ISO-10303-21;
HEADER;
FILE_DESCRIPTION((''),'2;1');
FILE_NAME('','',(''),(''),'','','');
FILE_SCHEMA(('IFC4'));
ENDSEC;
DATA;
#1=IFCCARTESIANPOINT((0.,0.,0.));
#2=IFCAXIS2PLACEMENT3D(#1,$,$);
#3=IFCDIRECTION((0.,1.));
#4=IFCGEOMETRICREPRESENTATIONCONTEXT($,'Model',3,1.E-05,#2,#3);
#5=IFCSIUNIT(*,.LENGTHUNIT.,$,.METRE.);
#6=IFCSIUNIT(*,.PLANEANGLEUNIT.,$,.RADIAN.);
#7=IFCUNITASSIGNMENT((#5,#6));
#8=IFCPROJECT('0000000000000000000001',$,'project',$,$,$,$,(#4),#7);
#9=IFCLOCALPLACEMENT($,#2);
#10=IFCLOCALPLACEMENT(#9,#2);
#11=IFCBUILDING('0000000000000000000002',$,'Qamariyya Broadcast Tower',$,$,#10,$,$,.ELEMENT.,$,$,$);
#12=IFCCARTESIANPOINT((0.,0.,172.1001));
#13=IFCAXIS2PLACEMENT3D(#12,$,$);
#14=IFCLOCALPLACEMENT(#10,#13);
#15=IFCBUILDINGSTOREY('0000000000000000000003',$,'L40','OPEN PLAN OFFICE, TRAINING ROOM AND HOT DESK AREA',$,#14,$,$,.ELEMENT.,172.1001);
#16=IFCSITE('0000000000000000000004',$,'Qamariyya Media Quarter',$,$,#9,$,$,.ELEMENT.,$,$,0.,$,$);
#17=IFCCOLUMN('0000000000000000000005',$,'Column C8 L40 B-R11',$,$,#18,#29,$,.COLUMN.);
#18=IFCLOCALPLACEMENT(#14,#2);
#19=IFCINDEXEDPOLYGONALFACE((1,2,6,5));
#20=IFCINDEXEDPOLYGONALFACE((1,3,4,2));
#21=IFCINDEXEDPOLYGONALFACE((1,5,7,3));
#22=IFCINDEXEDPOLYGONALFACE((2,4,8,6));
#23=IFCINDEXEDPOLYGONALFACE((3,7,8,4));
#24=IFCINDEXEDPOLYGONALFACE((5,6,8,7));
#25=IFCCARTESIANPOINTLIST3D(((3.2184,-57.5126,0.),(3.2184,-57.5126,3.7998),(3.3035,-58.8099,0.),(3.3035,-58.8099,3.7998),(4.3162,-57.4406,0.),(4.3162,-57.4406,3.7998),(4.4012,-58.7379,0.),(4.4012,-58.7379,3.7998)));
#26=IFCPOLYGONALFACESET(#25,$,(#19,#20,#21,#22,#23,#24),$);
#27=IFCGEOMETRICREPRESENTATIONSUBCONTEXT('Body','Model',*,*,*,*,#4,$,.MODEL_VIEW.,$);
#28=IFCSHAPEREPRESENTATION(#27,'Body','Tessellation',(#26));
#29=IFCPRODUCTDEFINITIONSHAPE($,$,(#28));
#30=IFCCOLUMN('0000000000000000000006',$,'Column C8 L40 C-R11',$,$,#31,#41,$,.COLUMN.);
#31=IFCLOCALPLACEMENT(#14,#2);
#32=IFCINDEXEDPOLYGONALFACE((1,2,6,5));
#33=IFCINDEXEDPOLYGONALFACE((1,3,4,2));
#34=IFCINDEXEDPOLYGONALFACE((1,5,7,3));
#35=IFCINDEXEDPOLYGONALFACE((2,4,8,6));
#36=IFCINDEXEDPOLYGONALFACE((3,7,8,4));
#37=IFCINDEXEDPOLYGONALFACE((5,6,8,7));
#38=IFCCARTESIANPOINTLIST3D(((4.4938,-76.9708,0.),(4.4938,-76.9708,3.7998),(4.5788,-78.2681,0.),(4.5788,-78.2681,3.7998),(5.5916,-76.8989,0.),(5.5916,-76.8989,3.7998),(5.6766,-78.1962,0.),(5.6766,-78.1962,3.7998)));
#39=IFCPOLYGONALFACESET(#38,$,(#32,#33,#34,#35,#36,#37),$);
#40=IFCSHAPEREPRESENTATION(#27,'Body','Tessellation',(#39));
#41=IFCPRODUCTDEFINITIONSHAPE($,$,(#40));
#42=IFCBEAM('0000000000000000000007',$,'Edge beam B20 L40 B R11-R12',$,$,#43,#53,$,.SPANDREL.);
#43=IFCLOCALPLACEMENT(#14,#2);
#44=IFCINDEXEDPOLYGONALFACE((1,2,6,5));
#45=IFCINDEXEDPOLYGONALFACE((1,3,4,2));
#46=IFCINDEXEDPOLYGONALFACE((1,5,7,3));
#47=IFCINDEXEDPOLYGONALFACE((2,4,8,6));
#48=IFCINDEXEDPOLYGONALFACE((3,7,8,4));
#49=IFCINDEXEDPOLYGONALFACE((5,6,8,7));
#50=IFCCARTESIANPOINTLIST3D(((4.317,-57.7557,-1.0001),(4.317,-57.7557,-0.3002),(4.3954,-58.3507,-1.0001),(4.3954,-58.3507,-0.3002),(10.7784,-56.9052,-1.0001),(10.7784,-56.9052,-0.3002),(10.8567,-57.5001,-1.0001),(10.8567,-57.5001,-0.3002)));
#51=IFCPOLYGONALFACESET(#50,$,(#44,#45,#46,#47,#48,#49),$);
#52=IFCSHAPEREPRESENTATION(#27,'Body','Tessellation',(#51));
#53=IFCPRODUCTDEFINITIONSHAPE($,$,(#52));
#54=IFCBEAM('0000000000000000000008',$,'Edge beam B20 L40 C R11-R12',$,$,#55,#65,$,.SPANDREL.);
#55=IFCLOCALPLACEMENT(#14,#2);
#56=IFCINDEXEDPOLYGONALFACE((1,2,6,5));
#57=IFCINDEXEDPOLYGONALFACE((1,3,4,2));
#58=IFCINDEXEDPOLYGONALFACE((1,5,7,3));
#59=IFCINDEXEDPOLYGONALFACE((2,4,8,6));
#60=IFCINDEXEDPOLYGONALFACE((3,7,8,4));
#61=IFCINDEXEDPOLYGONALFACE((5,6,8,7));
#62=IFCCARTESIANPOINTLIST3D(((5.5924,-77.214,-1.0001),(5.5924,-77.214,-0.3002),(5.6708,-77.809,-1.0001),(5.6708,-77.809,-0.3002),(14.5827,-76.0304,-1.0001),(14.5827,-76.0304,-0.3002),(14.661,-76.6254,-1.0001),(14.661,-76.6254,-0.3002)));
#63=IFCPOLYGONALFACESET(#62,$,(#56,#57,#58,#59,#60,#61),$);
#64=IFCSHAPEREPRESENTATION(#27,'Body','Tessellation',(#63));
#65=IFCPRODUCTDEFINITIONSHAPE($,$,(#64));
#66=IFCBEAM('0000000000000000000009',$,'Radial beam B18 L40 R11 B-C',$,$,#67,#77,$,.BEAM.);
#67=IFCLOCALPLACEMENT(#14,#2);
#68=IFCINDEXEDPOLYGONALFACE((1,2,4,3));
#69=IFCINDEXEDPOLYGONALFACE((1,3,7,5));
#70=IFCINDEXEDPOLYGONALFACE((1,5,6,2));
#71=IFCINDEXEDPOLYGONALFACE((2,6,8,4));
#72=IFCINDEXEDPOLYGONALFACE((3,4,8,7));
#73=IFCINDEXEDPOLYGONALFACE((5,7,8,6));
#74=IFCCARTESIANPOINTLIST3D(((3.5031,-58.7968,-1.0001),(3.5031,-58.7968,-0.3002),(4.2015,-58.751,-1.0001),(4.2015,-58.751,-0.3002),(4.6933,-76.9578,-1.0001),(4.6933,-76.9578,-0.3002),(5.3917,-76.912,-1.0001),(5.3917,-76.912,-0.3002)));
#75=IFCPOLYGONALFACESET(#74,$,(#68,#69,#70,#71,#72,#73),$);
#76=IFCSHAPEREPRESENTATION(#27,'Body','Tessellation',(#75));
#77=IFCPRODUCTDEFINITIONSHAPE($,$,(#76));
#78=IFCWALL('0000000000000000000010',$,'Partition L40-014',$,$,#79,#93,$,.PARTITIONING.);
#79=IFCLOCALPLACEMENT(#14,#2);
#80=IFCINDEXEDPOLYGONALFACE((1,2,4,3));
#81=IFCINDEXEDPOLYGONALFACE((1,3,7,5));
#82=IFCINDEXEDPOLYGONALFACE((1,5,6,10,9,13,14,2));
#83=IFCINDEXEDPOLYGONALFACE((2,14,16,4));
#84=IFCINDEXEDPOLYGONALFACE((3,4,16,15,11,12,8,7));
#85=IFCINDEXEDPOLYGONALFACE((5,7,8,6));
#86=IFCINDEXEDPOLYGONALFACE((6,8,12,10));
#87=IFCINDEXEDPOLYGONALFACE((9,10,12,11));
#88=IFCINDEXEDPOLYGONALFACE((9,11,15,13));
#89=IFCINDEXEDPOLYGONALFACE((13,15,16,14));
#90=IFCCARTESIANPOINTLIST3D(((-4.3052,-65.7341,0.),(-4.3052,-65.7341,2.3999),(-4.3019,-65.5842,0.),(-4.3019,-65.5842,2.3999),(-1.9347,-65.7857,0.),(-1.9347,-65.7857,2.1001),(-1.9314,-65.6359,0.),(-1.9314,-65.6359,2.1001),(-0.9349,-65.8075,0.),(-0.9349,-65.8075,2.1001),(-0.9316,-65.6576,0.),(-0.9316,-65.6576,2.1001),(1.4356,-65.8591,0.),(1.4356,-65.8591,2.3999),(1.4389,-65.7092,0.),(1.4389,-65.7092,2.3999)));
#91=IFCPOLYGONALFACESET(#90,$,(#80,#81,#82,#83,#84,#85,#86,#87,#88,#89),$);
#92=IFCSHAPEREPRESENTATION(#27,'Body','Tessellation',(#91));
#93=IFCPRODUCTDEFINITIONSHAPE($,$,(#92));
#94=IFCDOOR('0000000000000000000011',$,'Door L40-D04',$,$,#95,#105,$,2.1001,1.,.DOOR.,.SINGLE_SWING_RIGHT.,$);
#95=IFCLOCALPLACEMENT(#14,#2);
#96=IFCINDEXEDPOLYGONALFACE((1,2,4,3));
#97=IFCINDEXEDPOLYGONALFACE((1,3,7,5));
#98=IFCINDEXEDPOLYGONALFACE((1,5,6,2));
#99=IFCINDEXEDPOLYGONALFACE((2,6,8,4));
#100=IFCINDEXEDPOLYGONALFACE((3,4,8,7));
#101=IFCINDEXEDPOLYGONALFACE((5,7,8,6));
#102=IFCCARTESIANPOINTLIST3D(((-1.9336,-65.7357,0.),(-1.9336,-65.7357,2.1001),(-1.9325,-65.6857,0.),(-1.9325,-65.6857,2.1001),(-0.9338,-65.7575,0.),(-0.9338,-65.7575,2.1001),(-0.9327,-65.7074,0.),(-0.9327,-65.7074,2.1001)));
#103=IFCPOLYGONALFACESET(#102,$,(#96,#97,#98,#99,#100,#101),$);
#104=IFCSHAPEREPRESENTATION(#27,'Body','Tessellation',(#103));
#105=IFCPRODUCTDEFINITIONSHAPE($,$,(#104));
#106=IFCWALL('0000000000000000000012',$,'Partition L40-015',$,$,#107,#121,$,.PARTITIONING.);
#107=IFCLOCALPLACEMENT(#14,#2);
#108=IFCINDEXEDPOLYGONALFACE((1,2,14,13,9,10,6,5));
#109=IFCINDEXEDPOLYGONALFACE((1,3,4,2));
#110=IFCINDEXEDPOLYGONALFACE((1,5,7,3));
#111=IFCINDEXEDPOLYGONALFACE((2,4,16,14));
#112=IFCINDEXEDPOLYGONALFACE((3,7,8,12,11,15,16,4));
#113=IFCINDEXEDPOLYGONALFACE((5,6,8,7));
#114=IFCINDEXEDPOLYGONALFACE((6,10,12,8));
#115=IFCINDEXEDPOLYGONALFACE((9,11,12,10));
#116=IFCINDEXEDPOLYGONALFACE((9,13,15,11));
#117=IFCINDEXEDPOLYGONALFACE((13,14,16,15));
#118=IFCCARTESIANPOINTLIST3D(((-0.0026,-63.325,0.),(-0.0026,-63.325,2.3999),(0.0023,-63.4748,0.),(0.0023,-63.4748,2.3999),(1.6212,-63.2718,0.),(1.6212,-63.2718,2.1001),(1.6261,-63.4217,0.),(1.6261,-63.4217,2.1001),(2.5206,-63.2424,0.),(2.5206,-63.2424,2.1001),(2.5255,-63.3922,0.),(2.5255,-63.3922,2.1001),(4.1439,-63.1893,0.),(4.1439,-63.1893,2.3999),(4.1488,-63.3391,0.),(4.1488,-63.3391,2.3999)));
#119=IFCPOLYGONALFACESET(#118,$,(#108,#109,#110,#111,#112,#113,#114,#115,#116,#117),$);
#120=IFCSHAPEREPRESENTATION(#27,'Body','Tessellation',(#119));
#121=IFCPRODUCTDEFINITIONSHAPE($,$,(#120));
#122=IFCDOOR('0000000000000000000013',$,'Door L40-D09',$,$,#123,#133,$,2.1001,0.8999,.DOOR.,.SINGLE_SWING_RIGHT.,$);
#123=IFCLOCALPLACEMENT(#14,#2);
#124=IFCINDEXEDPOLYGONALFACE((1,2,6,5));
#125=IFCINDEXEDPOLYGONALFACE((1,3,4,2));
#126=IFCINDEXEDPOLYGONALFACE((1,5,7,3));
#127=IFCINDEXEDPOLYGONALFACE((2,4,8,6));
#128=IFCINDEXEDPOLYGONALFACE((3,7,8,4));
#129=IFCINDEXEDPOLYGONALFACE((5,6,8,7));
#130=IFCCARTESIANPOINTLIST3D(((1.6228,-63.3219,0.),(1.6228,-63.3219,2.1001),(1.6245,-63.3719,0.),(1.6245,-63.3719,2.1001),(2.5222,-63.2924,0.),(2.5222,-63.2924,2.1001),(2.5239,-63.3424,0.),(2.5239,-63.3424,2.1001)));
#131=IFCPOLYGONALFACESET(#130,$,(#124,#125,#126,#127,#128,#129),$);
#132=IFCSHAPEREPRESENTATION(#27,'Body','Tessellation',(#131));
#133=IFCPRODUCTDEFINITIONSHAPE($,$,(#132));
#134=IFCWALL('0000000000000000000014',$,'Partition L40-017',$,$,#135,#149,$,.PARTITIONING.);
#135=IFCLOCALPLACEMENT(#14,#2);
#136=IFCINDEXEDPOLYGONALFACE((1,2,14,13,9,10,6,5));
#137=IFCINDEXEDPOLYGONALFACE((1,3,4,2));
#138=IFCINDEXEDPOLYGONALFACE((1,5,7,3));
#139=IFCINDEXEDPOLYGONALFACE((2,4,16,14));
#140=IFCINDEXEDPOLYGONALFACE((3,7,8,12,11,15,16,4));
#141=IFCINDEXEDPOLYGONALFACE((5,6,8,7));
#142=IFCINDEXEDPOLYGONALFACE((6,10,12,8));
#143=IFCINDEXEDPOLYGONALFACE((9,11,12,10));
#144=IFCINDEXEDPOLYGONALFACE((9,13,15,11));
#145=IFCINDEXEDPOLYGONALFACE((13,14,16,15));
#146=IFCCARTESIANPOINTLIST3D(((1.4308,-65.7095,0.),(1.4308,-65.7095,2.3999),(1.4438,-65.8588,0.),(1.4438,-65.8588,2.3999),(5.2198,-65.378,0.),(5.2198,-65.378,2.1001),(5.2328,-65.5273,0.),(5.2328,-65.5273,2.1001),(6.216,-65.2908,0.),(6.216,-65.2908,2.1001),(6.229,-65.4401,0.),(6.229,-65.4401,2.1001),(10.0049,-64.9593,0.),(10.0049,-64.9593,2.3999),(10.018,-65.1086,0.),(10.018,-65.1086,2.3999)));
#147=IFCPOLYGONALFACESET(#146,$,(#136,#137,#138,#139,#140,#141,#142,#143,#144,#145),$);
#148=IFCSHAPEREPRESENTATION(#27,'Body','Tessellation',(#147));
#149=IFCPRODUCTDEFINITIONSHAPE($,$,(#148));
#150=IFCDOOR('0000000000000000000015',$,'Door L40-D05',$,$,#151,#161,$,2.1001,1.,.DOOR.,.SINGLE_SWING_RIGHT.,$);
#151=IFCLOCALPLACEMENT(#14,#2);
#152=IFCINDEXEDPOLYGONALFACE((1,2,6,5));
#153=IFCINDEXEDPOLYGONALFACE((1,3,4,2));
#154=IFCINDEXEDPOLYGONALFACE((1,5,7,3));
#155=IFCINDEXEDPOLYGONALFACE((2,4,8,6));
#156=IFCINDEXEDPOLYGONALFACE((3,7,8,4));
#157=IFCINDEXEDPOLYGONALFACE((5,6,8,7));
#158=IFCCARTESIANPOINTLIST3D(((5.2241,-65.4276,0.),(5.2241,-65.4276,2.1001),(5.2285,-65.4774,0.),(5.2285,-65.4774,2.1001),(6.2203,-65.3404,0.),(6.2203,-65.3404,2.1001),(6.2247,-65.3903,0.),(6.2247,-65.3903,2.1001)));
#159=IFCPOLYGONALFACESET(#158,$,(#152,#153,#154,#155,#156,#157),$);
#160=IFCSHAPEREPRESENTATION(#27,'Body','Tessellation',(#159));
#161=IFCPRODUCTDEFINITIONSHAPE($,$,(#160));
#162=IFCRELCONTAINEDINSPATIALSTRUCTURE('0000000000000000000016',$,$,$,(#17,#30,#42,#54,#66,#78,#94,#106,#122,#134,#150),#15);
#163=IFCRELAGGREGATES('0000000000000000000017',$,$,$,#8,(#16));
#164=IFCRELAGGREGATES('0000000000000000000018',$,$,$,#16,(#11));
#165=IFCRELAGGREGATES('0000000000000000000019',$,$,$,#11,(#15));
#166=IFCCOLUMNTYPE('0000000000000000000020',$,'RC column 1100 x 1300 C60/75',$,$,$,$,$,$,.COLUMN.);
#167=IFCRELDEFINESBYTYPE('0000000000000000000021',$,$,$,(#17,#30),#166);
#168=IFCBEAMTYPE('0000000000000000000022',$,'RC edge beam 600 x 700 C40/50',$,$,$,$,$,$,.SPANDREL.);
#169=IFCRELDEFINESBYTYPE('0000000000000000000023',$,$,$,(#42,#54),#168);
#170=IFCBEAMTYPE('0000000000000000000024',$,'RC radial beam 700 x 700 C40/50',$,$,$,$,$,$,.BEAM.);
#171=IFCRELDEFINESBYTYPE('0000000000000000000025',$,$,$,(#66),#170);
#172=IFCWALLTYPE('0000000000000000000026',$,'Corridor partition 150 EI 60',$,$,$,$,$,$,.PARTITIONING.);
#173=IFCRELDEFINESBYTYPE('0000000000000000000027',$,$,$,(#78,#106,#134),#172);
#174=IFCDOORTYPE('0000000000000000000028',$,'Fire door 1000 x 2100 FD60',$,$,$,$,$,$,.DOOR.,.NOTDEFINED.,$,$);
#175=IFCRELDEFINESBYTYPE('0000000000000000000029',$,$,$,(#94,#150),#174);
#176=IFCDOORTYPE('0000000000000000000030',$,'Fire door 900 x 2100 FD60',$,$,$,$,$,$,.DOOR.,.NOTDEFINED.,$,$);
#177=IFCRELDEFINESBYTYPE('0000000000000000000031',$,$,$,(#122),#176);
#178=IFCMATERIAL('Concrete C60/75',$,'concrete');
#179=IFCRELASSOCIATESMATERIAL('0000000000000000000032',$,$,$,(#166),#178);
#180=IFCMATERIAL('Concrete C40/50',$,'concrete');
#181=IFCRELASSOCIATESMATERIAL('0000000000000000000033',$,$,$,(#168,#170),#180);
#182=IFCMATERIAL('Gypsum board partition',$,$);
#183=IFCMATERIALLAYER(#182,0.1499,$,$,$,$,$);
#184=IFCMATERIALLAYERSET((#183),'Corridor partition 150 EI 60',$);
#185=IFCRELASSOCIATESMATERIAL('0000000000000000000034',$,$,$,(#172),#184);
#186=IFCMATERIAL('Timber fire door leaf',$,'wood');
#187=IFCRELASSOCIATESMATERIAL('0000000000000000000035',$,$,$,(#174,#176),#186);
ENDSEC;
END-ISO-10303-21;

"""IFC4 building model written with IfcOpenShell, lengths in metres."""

from ifc_helpers import new_model, si_unit, direction, frame, frame_2d, origin, origin_2d, place, context, subcontext, project, spatial, rectangle, extrude, material, layer, layer_set, material_profile, profile_set, type_object, element, fill, save


model = new_model("IFC4")

# Units and contexts
model_context = context("Model", 3, precision=1e-05, world=origin(), true_north=direction((0.0, 1.0)))
body_context = subcontext(model_context, "Body", "Model", "MODEL_VIEW")
ifc_project = project(units=[si_unit("LENGTHUNIT", "METRE"), si_unit("PLANEANGLEUNIT", "RADIAN")], contexts=[model_context])

# Site, building, storey
site_placement = place(None, origin())
site = spatial("IfcSite", under=ifc_project, at=site_placement, Name="Qamariyya Media Quarter", CompositionType="ELEMENT", RefElevation=0.0)
building_placement = place(site_placement, origin())
building = spatial("IfcBuilding", under=site, at=building_placement, Name="Qamariyya Broadcast Tower", CompositionType="ELEMENT")
storey_placement = place(building_placement, frame((0.0, 0.0, 172.1001)))
storey = spatial("IfcBuildingStorey", under=building, at=storey_placement, Name="L40", Description="OPEN PLAN OFFICE, TRAINING ROOM AND HOT DESK AREA", CompositionType="ELEMENT", Elevation=172.1001)

# Columns
ifc_material_1 = material(Name="Concrete C60/75", Category="concrete")
ifc_material_profile_1 = material_profile(ifc_material_1, rectangle(XDim=1.1001, YDim=1.3, at=origin_2d()))
ifc_profile_set_1 = profile_set([ifc_material_profile_1], Name="Concrete C60/75")
column_type = type_object("IfcColumnType", Name="RC column 1100 x 1300 C60/75", PredefinedType="COLUMN", material=ifc_profile_set_1)
for number, where, z_axis, x_axis, name in (
    (1, (3.8098, -58.1252, 0.0), (0.0, 0.0, 1.0), (0.997859, 0.065403, 0.0), "Column C8 L40 B-R11"),
    (2, (5.0852, -77.5835, 0.0), (0.0, 0.0, 1.0), (0.997859, 0.065403, 0.0), "Column C8 L40 C-R11"),
):
    element("IfcColumn", number, at=place(storey_placement, frame(where, z_axis=z_axis, x_axis=x_axis)), inside=storey, type_object=column_type, Name=name, PredefinedType="COLUMN", context=body_context, shape_type="SweptSolid", body=[
        extrude(rectangle(XDim=1.1001, YDim=1.3, at=origin_2d()), origin(), (0.0, 0.0, 1.0), 3.7998),
    ])

# Beams
ifc_material_2 = material(Name="Concrete C40/50", Category="concrete")
ifc_material_profile_2 = material_profile(ifc_material_2, rectangle(XDim=0.6001, YDim=0.7, at=origin_2d()))
ifc_profile_set_2 = profile_set([ifc_material_profile_2], Name="Concrete C40/50")
beam_type_1 = type_object("IfcBeamType", Name="RC edge beam 600 x 700 C40/50", PredefinedType="SPANDREL", material=ifc_profile_set_2)
beam_1_placement = place(storey_placement, frame((4.3562, -58.0532, -0.6501), z_axis=(0.991446, 0.130515, 0.0), x_axis=(-0.130515, 0.991446, 0.0)))
element("IfcBeam", 3, at=beam_1_placement, inside=storey, type_object=beam_type_1, Name="Edge beam B20 L40 B R11-R12", PredefinedType="SPANDREL", context=body_context, shape_type="SweptSolid", body=[
    extrude(rectangle(XDim=0.6001, YDim=0.7, at=origin_2d()), origin(), (0.0, 0.0, 1.0), 6.5171),
])
beam_2_placement = place(storey_placement, frame((5.6316, -77.5115, -0.6501), z_axis=(0.991445, 0.130527, 0.0), x_axis=(-0.130527, 0.991445, 0.0)))
element("IfcBeam", 4, at=beam_2_placement, inside=storey, type_object=beam_type_1, Name="Edge beam B20 L40 C R11-R12", PredefinedType="SPANDREL", context=body_context, shape_type="SweptSolid", body=[
    extrude(rectangle(XDim=0.6001, YDim=0.7, at=origin_2d()), origin(), (0.0, 0.0, 1.0), 9.0679),
])
ifc_material_profile_3 = material_profile(ifc_material_2, rectangle(XDim=0.7, YDim=0.7, at=origin_2d()))
ifc_profile_set_3 = profile_set([ifc_material_profile_3], Name="Concrete C40/50")
beam_type_2 = type_object("IfcBeamType", Name="RC radial beam 700 x 700 C40/50", PredefinedType="BEAM", material=ifc_profile_set_3)
beam_3_placement = place(storey_placement, frame((3.8523, -58.7739, -0.6501), z_axis=(0.065395, -0.997859, 0.0), x_axis=(0.997859, 0.065395, 0.0)))
element("IfcBeam", 5, at=beam_3_placement, inside=storey, type_object=beam_type_2, Name="Radial beam B18 L40 R11 B-C", PredefinedType="BEAM", context=body_context, shape_type="SweptSolid", body=[
    extrude(rectangle(XDim=0.7, YDim=0.7, at=origin_2d()), origin(), (0.0, 0.0, 1.0), 18.2),
])

# Walls, openings, doors
ifc_material_3 = material(Name="Gypsum board partition")
ifc_layer_1 = layer(ifc_material_3, 0.1499)
ifc_layer_set_1 = layer_set([ifc_layer_1], Name="Corridor partition 150 EI 60")
wall_type_1 = type_object("IfcWallType", Name="Corridor partition 150 EI 60", PredefinedType="PARTITIONING", material=ifc_layer_set_1)
wall_1_placement = place(storey_placement, frame((1.4373, -65.7842, 0.0), z_axis=(0.0, 0.0, 1.0), x_axis=(-0.999763, 0.021769, 0.0)))
wall_1 = element("IfcWall", 6, at=wall_1_placement, inside=storey, type_object=wall_type_1, Name="Partition L40-014", PredefinedType="PARTITIONING", context=body_context, shape_type="SweptSolid", body=[
    extrude(rectangle(XDim=5.7422, YDim=0.1499, at=frame_2d((2.8711, 0.0))), origin(), (0.0, 0.0, 1.0), 2.3999),
])
opening_1_placement = place(wall_1_placement, frame((2.3711, 0.0, 0.0)))
opening_1 = element("IfcOpeningElement", 7, at=opening_1_placement, cuts=wall_1, PredefinedType="OPENING", context=body_context, shape_type="SweptSolid", body=[
    extrude(rectangle(XDim=1.0, YDim=2.1001, at=frame_2d((0.5, 1.05))), frame((0.0, 0.085, 0.0), z_axis=(0.0, -1.0, 0.0), x_axis=(1.0, 0.0, 0.0)), (0.0, 0.0, 1.0), 0.1699),
])
ifc_material_4 = material(Name="Timber fire door leaf", Category="wood")
door_type_1 = type_object("IfcDoorType", Name="Fire door 1000 x 2100 FD60", OperationType="NOTDEFINED", PredefinedType="DOOR", material=ifc_material_4)
door_1_placement = place(opening_1_placement, origin())
door_1 = element("IfcDoor", 8, at=door_1_placement, inside=storey, type_object=door_type_1, Name="Door L40-D04", OperationType="SINGLE_SWING_RIGHT", OverallHeight=2.1001, OverallWidth=1.0, PredefinedType="DOOR", context=body_context, shape_type="SweptSolid", body=[
    extrude(rectangle(XDim=1.0, YDim=2.1001, at=frame_2d((0.5, 1.05))), frame((0.0, 0.0249, 0.0), z_axis=(0.0, -1.0, 0.0), x_axis=(1.0, 0.0, 0.0)), (0.0, 0.0, 1.0), 0.05),
])
fill(opening_1, door_1)
wall_2_placement = place(storey_placement, frame((0.0, -63.3999, 0.0), z_axis=(0.0, 0.0, 1.0), x_axis=(0.999465, 0.032719, 0.0)))
wall_2 = element("IfcWall", 9, at=wall_2_placement, inside=storey, type_object=wall_type_1, Name="Partition L40-015", PredefinedType="PARTITIONING", context=body_context, shape_type="SweptSolid", body=[
    extrude(rectangle(XDim=4.1487, YDim=0.1499, at=frame_2d((2.0742, 0.0))), origin(), (0.0, 0.0, 1.0), 2.3999),
])
opening_2_placement = place(wall_2_placement, frame((1.6245, 0.0, 0.0)))
opening_2 = element("IfcOpeningElement", 10, at=opening_2_placement, cuts=wall_2, PredefinedType="OPENING", context=body_context, shape_type="SweptSolid", body=[
    extrude(rectangle(XDim=0.8999, YDim=2.1001, at=frame_2d((0.45, 1.05))), frame((0.0, 0.085, 0.0), z_axis=(0.0, -1.0, 0.0), x_axis=(1.0, 0.0, 0.0)), (0.0, 0.0, 1.0), 0.1699),
])
door_type_2 = type_object("IfcDoorType", Name="Fire door 900 x 2100 FD60", OperationType="NOTDEFINED", PredefinedType="DOOR", material=ifc_material_4)
door_2_placement = place(opening_2_placement, origin())
door_2 = element("IfcDoor", 11, at=door_2_placement, inside=storey, type_object=door_type_2, Name="Door L40-D09", OperationType="SINGLE_SWING_RIGHT", OverallHeight=2.1001, OverallWidth=0.8999, PredefinedType="DOOR", context=body_context, shape_type="SweptSolid", body=[
    extrude(rectangle(XDim=0.8999, YDim=2.1001, at=frame_2d((0.45, 1.05))), frame((0.0, 0.0249, 0.0), z_axis=(0.0, -1.0, 0.0), x_axis=(1.0, 0.0, 0.0)), (0.0, 0.0, 1.0), 0.05),
])
fill(opening_2, door_2)
wall_3_placement = place(storey_placement, frame((10.0115, -65.0339, 0.0), z_axis=(0.0, 0.0, 1.0), x_axis=(-0.996194, -0.087167, 0.0)))
wall_3 = element("IfcWall", 12, at=wall_3_placement, inside=storey, type_object=wall_type_1, Name="Partition L40-017", PredefinedType="PARTITIONING", context=body_context, shape_type="SweptSolid", body=[
    extrude(rectangle(XDim=8.6069, YDim=0.1499, at=frame_2d((4.3035, 0.0))), origin(), (0.0, 0.0, 1.0), 2.3999),
])
opening_3_placement = place(wall_3_placement, frame((3.8035, 0.0, 0.0)))
opening_3 = element("IfcOpeningElement", 13, at=opening_3_placement, cuts=wall_3, PredefinedType="OPENING", context=body_context, shape_type="SweptSolid", body=[
    extrude(rectangle(XDim=1.0, YDim=2.1001, at=frame_2d((0.5, 1.05))), frame((0.0, 0.085, 0.0), z_axis=(0.0, -1.0, 0.0), x_axis=(1.0, 0.0, 0.0)), (0.0, 0.0, 1.0), 0.1699),
])
door_3_placement = place(opening_3_placement, origin())
door_3 = element("IfcDoor", 14, at=door_3_placement, inside=storey, type_object=door_type_1, Name="Door L40-D05", OperationType="SINGLE_SWING_RIGHT", OverallHeight=2.1001, OverallWidth=1.0, PredefinedType="DOOR", context=body_context, shape_type="SweptSolid", body=[
    extrude(rectangle(XDim=1.0, YDim=2.1001, at=frame_2d((0.5, 1.05))), frame((0.0, 0.0249, 0.0), z_axis=(0.0, -1.0, 0.0), x_axis=(1.0, 0.0, 0.0)), (0.0, 0.0, 1.0), 0.05),
])
fill(opening_3, door_3)

save(model, "model.ifc")
